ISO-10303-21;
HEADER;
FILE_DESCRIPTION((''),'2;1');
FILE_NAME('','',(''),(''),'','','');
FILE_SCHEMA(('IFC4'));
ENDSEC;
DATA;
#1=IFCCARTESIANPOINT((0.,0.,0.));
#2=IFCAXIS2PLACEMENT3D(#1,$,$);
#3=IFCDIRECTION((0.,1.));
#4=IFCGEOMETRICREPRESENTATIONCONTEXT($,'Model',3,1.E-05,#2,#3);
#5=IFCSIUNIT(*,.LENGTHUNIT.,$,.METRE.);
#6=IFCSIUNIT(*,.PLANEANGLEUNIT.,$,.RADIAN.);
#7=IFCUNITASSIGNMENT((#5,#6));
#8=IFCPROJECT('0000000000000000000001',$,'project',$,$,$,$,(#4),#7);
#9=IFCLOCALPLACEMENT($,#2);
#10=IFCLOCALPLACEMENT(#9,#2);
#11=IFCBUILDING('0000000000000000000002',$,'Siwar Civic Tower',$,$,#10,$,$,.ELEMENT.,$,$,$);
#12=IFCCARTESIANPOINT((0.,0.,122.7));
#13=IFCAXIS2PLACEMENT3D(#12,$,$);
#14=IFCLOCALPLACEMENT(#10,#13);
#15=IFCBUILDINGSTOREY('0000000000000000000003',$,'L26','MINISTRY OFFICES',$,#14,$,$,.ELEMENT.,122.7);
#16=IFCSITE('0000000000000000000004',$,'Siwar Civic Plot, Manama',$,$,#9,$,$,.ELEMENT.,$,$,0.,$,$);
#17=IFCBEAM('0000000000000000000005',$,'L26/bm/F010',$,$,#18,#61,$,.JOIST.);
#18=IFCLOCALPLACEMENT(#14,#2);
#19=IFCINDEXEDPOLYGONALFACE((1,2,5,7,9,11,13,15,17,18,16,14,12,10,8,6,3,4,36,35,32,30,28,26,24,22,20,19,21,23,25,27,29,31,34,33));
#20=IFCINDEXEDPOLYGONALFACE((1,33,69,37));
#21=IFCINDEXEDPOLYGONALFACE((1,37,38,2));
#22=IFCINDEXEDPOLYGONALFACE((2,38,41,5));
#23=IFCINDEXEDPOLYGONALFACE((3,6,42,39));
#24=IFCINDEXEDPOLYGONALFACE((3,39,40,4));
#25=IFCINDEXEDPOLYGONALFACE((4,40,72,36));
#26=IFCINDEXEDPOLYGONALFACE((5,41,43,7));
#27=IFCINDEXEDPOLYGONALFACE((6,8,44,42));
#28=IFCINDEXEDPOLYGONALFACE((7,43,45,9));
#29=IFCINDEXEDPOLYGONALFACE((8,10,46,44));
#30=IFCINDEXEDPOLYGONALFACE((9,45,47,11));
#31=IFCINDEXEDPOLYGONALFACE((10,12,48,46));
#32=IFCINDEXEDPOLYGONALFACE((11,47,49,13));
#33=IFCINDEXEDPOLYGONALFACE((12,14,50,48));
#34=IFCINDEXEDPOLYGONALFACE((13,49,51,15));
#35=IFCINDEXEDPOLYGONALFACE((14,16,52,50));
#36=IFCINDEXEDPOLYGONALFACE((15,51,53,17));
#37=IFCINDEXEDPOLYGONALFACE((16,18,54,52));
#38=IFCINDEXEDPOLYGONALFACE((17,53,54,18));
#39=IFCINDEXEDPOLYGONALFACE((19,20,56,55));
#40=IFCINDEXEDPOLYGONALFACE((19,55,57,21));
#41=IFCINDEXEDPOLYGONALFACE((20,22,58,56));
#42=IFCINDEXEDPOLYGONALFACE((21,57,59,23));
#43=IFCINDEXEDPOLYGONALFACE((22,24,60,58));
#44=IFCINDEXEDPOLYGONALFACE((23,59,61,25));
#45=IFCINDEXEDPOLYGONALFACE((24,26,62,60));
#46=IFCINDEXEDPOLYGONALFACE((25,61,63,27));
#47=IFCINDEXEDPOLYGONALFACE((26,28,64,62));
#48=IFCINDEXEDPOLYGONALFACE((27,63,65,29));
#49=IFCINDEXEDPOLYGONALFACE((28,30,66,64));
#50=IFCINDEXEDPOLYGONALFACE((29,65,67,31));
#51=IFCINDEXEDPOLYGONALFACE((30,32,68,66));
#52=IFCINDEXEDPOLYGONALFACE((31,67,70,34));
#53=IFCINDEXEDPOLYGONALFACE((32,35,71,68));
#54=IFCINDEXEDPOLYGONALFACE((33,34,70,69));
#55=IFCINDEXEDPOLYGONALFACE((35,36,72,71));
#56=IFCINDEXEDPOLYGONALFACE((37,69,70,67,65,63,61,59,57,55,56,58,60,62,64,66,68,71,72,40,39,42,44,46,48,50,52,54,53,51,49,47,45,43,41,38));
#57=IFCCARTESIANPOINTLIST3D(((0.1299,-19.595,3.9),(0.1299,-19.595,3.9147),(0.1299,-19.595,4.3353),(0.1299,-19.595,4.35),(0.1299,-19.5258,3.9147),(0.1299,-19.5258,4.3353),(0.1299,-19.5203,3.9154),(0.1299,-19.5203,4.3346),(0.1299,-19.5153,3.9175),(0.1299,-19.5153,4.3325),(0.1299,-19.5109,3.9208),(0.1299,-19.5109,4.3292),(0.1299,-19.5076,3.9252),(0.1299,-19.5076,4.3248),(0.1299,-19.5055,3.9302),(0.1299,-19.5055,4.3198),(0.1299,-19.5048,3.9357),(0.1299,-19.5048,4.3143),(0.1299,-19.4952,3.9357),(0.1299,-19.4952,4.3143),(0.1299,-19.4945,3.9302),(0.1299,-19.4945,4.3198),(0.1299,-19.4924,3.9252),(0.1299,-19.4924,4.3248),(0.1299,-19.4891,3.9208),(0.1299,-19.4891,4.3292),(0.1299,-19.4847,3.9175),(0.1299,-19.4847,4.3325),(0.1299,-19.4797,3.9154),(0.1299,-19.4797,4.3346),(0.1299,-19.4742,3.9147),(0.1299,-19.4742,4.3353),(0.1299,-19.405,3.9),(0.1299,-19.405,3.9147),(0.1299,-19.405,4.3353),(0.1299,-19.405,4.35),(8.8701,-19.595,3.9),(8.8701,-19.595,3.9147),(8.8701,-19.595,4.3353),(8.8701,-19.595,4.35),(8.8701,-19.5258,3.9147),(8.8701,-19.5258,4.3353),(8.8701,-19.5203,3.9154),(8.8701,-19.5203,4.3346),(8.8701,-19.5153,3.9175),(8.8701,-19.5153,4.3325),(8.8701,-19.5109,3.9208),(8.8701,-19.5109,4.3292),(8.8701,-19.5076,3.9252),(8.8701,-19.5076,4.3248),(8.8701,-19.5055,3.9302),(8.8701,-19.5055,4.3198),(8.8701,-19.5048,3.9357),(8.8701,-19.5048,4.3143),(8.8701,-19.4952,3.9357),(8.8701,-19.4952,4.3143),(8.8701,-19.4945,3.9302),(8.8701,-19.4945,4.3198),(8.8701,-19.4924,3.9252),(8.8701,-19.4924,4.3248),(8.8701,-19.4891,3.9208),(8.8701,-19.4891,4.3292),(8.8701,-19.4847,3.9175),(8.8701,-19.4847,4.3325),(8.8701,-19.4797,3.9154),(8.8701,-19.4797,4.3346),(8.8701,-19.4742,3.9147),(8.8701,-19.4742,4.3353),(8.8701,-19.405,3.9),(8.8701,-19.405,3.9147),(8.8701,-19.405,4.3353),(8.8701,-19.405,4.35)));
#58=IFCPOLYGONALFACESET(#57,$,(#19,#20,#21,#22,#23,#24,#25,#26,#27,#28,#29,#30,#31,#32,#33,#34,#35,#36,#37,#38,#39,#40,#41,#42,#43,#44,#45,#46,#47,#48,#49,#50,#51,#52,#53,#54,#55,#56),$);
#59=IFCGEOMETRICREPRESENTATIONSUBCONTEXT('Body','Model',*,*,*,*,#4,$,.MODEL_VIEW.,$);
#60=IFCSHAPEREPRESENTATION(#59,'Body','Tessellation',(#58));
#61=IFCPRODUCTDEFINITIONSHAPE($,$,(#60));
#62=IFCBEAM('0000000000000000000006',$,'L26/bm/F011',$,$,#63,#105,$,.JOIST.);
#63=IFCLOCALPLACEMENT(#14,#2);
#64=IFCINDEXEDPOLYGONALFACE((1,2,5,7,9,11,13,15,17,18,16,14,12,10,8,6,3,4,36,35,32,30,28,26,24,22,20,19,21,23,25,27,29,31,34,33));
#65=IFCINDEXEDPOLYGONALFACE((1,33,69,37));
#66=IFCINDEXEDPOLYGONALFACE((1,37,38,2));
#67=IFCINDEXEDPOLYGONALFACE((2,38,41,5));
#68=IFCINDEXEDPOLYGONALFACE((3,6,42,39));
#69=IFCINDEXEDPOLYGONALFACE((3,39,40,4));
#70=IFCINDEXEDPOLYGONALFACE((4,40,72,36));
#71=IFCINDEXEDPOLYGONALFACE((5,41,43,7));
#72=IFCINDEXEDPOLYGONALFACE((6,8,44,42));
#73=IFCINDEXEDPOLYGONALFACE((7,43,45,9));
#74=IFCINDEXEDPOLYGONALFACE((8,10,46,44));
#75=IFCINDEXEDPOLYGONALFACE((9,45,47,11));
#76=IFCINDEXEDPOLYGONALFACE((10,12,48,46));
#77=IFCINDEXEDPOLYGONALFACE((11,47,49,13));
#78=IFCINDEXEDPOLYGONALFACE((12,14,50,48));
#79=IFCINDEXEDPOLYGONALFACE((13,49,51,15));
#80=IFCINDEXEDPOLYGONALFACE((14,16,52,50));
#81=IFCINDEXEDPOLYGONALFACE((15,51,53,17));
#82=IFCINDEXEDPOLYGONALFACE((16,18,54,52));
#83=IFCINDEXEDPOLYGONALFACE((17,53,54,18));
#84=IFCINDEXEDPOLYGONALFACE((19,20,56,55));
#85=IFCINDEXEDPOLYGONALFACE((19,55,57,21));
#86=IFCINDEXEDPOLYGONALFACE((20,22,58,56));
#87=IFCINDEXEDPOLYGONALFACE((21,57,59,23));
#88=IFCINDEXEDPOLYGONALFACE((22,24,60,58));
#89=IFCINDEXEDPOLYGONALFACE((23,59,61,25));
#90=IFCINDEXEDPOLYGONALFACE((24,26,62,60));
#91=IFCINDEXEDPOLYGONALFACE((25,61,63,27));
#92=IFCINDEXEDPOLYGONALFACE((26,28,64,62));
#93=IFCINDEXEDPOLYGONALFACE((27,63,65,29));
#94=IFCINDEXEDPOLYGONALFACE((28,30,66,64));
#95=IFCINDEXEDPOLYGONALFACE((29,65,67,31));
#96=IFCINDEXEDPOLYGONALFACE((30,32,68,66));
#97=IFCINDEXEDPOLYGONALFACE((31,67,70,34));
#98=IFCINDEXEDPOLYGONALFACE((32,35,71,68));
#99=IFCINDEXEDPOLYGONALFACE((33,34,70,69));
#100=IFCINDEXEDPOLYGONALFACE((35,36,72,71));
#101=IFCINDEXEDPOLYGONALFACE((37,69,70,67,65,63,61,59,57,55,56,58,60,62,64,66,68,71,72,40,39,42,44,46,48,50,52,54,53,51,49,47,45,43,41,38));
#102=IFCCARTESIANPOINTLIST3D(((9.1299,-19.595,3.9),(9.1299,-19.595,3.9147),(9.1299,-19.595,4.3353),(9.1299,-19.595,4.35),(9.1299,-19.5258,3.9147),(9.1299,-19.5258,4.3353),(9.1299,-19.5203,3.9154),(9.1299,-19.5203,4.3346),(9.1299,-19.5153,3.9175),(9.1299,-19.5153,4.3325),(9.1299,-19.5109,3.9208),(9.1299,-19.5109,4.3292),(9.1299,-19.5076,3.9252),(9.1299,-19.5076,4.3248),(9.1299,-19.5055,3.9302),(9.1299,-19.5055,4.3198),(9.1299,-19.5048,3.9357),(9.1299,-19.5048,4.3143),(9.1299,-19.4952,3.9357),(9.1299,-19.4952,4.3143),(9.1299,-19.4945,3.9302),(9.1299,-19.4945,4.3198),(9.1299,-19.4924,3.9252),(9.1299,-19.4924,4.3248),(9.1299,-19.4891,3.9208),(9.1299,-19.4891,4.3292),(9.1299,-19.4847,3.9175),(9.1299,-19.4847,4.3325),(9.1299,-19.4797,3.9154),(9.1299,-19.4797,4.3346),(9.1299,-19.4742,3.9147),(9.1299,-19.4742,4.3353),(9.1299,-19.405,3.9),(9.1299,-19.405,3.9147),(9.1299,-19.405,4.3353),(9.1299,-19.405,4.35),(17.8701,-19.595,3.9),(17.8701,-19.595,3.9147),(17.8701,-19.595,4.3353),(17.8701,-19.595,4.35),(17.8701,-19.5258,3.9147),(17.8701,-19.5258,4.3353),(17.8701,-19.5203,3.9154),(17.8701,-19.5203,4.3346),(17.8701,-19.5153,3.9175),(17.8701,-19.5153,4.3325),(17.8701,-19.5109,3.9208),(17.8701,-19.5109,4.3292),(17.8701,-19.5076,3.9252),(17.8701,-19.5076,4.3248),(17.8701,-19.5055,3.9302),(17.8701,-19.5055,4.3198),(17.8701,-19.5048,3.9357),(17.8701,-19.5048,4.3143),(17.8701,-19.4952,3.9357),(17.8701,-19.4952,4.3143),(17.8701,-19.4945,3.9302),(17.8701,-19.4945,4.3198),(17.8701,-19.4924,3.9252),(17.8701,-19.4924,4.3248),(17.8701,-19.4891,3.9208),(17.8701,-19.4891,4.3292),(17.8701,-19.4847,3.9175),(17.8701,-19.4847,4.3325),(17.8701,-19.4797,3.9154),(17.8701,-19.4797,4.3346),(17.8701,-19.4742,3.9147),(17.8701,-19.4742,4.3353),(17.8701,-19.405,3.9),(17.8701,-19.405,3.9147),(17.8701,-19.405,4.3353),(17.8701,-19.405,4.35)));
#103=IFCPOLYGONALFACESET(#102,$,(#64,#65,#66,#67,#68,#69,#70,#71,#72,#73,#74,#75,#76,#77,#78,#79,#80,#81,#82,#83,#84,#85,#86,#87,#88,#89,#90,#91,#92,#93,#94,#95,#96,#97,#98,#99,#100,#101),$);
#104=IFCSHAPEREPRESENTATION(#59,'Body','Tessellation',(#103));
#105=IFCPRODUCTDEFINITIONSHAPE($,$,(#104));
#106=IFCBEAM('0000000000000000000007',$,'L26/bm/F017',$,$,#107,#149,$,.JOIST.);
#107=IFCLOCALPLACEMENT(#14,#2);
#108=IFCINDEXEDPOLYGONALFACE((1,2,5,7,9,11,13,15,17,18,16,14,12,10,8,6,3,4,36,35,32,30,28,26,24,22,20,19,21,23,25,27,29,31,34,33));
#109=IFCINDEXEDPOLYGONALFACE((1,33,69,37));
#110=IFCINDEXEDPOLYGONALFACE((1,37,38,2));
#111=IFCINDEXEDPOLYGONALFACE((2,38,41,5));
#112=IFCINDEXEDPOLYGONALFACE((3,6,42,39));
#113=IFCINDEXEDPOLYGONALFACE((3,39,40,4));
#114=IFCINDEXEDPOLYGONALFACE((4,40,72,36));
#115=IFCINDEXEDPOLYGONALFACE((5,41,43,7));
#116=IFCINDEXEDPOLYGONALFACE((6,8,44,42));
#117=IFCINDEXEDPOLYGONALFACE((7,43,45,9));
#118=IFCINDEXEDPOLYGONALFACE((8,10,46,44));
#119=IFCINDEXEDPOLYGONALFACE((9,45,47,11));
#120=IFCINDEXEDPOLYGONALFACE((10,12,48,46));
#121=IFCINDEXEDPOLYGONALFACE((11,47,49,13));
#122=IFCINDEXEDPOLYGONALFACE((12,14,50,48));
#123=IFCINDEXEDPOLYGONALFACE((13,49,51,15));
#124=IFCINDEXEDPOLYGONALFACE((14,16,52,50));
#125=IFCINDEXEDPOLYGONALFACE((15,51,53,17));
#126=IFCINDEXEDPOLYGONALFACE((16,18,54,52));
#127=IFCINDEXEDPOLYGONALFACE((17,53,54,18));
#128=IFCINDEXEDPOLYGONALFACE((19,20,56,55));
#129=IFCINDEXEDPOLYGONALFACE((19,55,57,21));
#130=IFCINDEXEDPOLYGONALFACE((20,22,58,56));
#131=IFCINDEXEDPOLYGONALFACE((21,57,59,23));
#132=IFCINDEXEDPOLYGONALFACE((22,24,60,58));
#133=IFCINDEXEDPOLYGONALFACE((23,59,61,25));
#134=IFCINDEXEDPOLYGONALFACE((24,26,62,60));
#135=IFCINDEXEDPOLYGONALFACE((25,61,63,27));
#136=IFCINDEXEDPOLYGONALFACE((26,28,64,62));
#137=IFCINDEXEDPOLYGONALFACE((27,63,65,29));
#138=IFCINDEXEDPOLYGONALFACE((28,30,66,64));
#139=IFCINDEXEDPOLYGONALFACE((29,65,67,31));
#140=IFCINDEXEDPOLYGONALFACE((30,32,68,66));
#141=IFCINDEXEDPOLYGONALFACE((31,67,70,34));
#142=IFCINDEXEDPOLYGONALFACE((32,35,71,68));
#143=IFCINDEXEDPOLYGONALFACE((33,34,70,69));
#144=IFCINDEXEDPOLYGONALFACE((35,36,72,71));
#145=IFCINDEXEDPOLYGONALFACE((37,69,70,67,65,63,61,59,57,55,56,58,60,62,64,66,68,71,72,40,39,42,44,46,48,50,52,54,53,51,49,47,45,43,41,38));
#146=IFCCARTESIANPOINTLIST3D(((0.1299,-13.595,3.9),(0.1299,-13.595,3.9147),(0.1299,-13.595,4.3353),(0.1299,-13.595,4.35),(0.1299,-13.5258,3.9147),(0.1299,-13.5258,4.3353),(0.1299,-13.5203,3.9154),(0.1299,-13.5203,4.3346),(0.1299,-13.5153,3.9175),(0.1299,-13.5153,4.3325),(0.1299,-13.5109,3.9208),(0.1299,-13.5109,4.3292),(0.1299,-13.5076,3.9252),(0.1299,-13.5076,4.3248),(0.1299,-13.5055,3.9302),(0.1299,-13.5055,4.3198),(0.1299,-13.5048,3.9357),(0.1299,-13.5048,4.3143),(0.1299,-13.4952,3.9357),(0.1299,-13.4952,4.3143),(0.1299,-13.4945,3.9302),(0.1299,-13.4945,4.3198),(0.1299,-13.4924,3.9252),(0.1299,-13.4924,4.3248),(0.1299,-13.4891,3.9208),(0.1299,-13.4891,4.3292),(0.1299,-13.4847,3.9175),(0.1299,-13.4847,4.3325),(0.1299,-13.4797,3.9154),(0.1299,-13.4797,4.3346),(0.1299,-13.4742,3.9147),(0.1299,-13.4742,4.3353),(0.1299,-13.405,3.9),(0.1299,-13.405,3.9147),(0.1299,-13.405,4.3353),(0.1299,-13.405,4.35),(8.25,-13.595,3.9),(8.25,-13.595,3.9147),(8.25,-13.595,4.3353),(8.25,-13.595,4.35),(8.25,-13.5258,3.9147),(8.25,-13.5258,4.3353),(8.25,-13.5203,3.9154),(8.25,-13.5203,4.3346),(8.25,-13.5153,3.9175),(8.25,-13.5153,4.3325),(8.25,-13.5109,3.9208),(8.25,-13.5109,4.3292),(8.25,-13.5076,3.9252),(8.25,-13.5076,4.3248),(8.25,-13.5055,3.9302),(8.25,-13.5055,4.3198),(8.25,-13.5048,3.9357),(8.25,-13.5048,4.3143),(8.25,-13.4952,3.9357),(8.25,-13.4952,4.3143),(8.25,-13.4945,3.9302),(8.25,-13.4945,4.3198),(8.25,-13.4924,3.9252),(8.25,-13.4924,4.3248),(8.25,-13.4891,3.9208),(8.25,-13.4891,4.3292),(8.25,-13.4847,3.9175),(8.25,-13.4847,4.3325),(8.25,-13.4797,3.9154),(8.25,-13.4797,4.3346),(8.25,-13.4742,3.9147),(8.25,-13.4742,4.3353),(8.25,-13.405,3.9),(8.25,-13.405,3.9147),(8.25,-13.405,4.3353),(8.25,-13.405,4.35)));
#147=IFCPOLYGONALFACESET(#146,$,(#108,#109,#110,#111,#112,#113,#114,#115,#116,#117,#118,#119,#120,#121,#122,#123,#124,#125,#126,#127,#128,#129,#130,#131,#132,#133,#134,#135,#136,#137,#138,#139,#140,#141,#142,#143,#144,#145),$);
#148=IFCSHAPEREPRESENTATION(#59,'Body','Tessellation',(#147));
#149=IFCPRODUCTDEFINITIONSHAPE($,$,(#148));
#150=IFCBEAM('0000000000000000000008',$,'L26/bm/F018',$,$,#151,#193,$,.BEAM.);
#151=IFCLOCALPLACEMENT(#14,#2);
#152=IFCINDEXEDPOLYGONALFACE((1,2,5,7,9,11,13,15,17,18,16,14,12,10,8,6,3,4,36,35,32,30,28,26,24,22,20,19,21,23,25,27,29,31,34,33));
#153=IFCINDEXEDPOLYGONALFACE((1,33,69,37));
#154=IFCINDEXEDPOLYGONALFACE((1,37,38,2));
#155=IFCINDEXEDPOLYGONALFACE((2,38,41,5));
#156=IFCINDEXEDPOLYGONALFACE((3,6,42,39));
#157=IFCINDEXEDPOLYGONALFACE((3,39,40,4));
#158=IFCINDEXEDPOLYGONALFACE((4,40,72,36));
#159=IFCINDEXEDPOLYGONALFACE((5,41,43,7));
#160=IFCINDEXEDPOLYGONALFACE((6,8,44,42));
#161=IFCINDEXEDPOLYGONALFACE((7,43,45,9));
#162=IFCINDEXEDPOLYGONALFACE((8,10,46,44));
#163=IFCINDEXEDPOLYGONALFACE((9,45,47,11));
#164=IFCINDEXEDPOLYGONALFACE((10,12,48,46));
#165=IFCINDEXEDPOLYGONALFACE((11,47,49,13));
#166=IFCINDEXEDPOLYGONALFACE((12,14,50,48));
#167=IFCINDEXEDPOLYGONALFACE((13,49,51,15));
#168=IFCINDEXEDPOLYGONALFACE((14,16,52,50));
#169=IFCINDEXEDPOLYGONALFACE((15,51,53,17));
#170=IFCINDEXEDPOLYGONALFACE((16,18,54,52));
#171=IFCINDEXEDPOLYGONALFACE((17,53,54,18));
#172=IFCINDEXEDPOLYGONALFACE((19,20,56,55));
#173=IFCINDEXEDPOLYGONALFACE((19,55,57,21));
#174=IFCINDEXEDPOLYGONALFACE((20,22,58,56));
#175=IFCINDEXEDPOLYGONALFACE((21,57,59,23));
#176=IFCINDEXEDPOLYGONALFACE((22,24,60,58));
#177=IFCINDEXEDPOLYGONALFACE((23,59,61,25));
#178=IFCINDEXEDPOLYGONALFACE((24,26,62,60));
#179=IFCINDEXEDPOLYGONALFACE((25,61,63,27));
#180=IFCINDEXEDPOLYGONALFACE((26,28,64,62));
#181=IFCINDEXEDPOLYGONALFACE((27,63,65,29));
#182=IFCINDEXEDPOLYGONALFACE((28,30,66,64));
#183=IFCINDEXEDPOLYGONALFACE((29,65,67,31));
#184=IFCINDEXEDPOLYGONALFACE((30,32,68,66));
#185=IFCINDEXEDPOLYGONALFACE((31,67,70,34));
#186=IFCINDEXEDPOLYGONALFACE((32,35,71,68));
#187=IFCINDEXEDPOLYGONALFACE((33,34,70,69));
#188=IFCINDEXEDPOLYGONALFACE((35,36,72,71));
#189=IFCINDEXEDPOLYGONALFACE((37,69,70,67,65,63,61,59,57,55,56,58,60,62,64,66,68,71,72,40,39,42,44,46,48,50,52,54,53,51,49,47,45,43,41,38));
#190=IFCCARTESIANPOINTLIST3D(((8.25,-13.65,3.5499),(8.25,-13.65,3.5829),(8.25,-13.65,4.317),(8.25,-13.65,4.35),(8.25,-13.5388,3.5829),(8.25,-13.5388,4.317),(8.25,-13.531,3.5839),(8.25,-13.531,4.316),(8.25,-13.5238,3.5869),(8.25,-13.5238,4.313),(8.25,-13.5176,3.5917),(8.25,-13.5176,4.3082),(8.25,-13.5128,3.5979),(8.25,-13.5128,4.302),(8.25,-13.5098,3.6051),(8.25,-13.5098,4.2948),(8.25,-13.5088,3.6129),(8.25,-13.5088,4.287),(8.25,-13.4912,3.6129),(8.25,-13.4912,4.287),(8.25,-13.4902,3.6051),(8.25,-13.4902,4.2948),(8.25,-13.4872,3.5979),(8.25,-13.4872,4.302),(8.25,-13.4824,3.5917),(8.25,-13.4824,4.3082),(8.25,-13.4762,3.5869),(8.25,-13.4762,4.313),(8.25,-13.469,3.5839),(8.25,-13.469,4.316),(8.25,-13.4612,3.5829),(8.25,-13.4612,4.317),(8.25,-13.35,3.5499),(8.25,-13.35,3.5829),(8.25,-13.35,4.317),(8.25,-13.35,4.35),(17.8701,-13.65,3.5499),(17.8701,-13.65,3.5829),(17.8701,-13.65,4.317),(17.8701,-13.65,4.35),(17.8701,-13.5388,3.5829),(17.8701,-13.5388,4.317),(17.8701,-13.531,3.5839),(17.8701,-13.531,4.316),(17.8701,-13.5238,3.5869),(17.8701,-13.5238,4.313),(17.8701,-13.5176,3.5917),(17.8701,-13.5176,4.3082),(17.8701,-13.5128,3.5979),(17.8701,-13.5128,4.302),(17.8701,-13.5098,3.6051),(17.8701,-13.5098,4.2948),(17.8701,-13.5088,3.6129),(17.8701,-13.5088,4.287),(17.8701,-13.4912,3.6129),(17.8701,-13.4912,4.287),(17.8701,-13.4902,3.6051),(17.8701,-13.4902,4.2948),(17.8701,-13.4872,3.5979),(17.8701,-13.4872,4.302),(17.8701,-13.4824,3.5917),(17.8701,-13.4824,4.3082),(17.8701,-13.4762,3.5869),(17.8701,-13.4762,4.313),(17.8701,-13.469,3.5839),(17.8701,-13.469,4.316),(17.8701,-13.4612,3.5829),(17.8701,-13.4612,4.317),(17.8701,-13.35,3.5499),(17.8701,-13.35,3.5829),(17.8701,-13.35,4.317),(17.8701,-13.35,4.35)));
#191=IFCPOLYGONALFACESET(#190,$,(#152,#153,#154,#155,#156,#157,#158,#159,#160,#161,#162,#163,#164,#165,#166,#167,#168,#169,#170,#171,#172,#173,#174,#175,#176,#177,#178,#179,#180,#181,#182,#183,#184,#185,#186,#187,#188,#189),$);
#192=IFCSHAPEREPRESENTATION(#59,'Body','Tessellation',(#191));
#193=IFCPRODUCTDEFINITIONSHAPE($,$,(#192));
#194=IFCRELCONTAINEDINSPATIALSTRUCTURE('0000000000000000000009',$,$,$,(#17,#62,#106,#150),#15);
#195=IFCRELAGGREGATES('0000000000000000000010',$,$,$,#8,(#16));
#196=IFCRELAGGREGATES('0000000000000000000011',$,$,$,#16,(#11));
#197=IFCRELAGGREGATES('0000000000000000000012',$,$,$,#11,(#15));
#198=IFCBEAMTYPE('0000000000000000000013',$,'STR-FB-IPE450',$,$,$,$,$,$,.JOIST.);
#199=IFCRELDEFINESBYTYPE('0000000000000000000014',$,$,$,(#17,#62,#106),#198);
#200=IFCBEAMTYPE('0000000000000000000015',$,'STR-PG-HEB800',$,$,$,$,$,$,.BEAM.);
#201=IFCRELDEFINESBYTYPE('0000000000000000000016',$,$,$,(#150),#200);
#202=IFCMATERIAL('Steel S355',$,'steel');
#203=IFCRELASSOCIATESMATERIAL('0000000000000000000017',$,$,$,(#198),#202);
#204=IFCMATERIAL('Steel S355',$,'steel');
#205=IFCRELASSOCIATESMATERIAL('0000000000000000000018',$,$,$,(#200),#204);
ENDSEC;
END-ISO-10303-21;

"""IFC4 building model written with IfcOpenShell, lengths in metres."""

from ifc_helpers import new_model, si_unit, direction, frame, origin, origin_2d, place, context, subcontext, project, spatial, i_section, extrude, material, material_profile, profile_set, type_object, element, save


model = new_model("IFC4")

# Units and contexts
model_context = context("Model", 3, precision=1e-05, world=origin(), true_north=direction((0.0, 1.0)))
body_context = subcontext(model_context, "Body", "Model", "MODEL_VIEW")
ifc_project = project(units=[si_unit("LENGTHUNIT", "METRE"), si_unit("PLANEANGLEUNIT", "RADIAN")], contexts=[model_context])

# Site, building, storey
site_placement = place(None, origin())
site = spatial("IfcSite", under=ifc_project, at=site_placement, Name="Siwar Civic Plot, Manama", CompositionType="ELEMENT", RefElevation=0.0)
building_placement = place(site_placement, origin())
building = spatial("IfcBuilding", under=site, at=building_placement, Name="Siwar Civic Tower", CompositionType="ELEMENT")
storey_placement = place(building_placement, frame((0.0, 0.0, 122.7)))
storey = spatial("IfcBuildingStorey", under=building, at=storey_placement, Name="L26", Description="MINISTRY OFFICES", CompositionType="ELEMENT", Elevation=122.7)

# Beams
ifc_material_1 = material(Name="Steel S355", Category="steel")
ifc_material_profile_1 = material_profile(ifc_material_1, i_section(OverallWidth=0.1899, OverallDepth=0.45, WebThickness=0.0095, FlangeThickness=0.0146, FilletRadius=0.021, at=origin_2d()), Name="IPE450")
ifc_profile_set_1 = profile_set([ifc_material_profile_1], Name="Steel S355")
beam_type_1 = type_object("IfcBeamType", Name="STR-FB-IPE450", PredefinedType="JOIST", material=ifc_profile_set_1)
for number, where, z_axis, x_axis, name in (
    (1, (0.1299, -19.5, 4.125), (1.0, 0.0, 0.0), (0.0, 1.0, 0.0), "L26/bm/F010"),
    (2, (9.1299, -19.5, 4.125), (1.0, 0.0, 0.0), (0.0, 1.0, 0.0), "L26/bm/F011"),
):
    element("IfcBeam", number, at=place(storey_placement, frame(where, z_axis=z_axis, x_axis=x_axis)), inside=storey, type_object=beam_type_1, Name=name, PredefinedType="JOIST", context=body_context, shape_type="SweptSolid", body=[
        extrude(i_section(OverallWidth=0.1899, OverallDepth=0.45, WebThickness=0.0095, FlangeThickness=0.0146, FilletRadius=0.021, at=origin_2d()), origin(), (0.0, 0.0, 1.0), 8.7402),
    ])
beam_1_placement = place(storey_placement, frame((0.1299, -13.5, 4.125), z_axis=(1.0, 0.0, 0.0), x_axis=(0.0, 1.0, 0.0)))
element("IfcBeam", 3, at=beam_1_placement, inside=storey, type_object=beam_type_1, Name="L26/bm/F017", PredefinedType="JOIST", context=body_context, shape_type="SweptSolid", body=[
    extrude(i_section(OverallWidth=0.1899, OverallDepth=0.45, WebThickness=0.0095, FlangeThickness=0.0146, FilletRadius=0.021, at=origin_2d()), origin(), (0.0, 0.0, 1.0), 8.1201),
])
ifc_material_2 = material(Name="Steel S355", Category="steel")
ifc_material_profile_2 = material_profile(ifc_material_2, i_section(OverallWidth=0.3, OverallDepth=0.8, WebThickness=0.0176, FlangeThickness=0.033, FilletRadius=0.03, at=origin_2d()), Name="HEB800")
ifc_profile_set_2 = profile_set([ifc_material_profile_2], Name="Steel S355")
beam_type_2 = type_object("IfcBeamType", Name="STR-PG-HEB800", PredefinedType="BEAM", material=ifc_profile_set_2)
beam_2_placement = place(storey_placement, frame((8.25, -13.5, 3.95), z_axis=(1.0, 0.0, 0.0), x_axis=(0.0, 1.0, 0.0)))
element("IfcBeam", 4, at=beam_2_placement, inside=storey, type_object=beam_type_2, Name="L26/bm/F018", PredefinedType="BEAM", context=body_context, shape_type="SweptSolid", body=[
    extrude(i_section(OverallWidth=0.3, OverallDepth=0.8, WebThickness=0.0176, FlangeThickness=0.033, FilletRadius=0.03, at=origin_2d()), origin(), (0.0, 0.0, 1.0), 9.6201),
])

save(model, "model.ifc")
